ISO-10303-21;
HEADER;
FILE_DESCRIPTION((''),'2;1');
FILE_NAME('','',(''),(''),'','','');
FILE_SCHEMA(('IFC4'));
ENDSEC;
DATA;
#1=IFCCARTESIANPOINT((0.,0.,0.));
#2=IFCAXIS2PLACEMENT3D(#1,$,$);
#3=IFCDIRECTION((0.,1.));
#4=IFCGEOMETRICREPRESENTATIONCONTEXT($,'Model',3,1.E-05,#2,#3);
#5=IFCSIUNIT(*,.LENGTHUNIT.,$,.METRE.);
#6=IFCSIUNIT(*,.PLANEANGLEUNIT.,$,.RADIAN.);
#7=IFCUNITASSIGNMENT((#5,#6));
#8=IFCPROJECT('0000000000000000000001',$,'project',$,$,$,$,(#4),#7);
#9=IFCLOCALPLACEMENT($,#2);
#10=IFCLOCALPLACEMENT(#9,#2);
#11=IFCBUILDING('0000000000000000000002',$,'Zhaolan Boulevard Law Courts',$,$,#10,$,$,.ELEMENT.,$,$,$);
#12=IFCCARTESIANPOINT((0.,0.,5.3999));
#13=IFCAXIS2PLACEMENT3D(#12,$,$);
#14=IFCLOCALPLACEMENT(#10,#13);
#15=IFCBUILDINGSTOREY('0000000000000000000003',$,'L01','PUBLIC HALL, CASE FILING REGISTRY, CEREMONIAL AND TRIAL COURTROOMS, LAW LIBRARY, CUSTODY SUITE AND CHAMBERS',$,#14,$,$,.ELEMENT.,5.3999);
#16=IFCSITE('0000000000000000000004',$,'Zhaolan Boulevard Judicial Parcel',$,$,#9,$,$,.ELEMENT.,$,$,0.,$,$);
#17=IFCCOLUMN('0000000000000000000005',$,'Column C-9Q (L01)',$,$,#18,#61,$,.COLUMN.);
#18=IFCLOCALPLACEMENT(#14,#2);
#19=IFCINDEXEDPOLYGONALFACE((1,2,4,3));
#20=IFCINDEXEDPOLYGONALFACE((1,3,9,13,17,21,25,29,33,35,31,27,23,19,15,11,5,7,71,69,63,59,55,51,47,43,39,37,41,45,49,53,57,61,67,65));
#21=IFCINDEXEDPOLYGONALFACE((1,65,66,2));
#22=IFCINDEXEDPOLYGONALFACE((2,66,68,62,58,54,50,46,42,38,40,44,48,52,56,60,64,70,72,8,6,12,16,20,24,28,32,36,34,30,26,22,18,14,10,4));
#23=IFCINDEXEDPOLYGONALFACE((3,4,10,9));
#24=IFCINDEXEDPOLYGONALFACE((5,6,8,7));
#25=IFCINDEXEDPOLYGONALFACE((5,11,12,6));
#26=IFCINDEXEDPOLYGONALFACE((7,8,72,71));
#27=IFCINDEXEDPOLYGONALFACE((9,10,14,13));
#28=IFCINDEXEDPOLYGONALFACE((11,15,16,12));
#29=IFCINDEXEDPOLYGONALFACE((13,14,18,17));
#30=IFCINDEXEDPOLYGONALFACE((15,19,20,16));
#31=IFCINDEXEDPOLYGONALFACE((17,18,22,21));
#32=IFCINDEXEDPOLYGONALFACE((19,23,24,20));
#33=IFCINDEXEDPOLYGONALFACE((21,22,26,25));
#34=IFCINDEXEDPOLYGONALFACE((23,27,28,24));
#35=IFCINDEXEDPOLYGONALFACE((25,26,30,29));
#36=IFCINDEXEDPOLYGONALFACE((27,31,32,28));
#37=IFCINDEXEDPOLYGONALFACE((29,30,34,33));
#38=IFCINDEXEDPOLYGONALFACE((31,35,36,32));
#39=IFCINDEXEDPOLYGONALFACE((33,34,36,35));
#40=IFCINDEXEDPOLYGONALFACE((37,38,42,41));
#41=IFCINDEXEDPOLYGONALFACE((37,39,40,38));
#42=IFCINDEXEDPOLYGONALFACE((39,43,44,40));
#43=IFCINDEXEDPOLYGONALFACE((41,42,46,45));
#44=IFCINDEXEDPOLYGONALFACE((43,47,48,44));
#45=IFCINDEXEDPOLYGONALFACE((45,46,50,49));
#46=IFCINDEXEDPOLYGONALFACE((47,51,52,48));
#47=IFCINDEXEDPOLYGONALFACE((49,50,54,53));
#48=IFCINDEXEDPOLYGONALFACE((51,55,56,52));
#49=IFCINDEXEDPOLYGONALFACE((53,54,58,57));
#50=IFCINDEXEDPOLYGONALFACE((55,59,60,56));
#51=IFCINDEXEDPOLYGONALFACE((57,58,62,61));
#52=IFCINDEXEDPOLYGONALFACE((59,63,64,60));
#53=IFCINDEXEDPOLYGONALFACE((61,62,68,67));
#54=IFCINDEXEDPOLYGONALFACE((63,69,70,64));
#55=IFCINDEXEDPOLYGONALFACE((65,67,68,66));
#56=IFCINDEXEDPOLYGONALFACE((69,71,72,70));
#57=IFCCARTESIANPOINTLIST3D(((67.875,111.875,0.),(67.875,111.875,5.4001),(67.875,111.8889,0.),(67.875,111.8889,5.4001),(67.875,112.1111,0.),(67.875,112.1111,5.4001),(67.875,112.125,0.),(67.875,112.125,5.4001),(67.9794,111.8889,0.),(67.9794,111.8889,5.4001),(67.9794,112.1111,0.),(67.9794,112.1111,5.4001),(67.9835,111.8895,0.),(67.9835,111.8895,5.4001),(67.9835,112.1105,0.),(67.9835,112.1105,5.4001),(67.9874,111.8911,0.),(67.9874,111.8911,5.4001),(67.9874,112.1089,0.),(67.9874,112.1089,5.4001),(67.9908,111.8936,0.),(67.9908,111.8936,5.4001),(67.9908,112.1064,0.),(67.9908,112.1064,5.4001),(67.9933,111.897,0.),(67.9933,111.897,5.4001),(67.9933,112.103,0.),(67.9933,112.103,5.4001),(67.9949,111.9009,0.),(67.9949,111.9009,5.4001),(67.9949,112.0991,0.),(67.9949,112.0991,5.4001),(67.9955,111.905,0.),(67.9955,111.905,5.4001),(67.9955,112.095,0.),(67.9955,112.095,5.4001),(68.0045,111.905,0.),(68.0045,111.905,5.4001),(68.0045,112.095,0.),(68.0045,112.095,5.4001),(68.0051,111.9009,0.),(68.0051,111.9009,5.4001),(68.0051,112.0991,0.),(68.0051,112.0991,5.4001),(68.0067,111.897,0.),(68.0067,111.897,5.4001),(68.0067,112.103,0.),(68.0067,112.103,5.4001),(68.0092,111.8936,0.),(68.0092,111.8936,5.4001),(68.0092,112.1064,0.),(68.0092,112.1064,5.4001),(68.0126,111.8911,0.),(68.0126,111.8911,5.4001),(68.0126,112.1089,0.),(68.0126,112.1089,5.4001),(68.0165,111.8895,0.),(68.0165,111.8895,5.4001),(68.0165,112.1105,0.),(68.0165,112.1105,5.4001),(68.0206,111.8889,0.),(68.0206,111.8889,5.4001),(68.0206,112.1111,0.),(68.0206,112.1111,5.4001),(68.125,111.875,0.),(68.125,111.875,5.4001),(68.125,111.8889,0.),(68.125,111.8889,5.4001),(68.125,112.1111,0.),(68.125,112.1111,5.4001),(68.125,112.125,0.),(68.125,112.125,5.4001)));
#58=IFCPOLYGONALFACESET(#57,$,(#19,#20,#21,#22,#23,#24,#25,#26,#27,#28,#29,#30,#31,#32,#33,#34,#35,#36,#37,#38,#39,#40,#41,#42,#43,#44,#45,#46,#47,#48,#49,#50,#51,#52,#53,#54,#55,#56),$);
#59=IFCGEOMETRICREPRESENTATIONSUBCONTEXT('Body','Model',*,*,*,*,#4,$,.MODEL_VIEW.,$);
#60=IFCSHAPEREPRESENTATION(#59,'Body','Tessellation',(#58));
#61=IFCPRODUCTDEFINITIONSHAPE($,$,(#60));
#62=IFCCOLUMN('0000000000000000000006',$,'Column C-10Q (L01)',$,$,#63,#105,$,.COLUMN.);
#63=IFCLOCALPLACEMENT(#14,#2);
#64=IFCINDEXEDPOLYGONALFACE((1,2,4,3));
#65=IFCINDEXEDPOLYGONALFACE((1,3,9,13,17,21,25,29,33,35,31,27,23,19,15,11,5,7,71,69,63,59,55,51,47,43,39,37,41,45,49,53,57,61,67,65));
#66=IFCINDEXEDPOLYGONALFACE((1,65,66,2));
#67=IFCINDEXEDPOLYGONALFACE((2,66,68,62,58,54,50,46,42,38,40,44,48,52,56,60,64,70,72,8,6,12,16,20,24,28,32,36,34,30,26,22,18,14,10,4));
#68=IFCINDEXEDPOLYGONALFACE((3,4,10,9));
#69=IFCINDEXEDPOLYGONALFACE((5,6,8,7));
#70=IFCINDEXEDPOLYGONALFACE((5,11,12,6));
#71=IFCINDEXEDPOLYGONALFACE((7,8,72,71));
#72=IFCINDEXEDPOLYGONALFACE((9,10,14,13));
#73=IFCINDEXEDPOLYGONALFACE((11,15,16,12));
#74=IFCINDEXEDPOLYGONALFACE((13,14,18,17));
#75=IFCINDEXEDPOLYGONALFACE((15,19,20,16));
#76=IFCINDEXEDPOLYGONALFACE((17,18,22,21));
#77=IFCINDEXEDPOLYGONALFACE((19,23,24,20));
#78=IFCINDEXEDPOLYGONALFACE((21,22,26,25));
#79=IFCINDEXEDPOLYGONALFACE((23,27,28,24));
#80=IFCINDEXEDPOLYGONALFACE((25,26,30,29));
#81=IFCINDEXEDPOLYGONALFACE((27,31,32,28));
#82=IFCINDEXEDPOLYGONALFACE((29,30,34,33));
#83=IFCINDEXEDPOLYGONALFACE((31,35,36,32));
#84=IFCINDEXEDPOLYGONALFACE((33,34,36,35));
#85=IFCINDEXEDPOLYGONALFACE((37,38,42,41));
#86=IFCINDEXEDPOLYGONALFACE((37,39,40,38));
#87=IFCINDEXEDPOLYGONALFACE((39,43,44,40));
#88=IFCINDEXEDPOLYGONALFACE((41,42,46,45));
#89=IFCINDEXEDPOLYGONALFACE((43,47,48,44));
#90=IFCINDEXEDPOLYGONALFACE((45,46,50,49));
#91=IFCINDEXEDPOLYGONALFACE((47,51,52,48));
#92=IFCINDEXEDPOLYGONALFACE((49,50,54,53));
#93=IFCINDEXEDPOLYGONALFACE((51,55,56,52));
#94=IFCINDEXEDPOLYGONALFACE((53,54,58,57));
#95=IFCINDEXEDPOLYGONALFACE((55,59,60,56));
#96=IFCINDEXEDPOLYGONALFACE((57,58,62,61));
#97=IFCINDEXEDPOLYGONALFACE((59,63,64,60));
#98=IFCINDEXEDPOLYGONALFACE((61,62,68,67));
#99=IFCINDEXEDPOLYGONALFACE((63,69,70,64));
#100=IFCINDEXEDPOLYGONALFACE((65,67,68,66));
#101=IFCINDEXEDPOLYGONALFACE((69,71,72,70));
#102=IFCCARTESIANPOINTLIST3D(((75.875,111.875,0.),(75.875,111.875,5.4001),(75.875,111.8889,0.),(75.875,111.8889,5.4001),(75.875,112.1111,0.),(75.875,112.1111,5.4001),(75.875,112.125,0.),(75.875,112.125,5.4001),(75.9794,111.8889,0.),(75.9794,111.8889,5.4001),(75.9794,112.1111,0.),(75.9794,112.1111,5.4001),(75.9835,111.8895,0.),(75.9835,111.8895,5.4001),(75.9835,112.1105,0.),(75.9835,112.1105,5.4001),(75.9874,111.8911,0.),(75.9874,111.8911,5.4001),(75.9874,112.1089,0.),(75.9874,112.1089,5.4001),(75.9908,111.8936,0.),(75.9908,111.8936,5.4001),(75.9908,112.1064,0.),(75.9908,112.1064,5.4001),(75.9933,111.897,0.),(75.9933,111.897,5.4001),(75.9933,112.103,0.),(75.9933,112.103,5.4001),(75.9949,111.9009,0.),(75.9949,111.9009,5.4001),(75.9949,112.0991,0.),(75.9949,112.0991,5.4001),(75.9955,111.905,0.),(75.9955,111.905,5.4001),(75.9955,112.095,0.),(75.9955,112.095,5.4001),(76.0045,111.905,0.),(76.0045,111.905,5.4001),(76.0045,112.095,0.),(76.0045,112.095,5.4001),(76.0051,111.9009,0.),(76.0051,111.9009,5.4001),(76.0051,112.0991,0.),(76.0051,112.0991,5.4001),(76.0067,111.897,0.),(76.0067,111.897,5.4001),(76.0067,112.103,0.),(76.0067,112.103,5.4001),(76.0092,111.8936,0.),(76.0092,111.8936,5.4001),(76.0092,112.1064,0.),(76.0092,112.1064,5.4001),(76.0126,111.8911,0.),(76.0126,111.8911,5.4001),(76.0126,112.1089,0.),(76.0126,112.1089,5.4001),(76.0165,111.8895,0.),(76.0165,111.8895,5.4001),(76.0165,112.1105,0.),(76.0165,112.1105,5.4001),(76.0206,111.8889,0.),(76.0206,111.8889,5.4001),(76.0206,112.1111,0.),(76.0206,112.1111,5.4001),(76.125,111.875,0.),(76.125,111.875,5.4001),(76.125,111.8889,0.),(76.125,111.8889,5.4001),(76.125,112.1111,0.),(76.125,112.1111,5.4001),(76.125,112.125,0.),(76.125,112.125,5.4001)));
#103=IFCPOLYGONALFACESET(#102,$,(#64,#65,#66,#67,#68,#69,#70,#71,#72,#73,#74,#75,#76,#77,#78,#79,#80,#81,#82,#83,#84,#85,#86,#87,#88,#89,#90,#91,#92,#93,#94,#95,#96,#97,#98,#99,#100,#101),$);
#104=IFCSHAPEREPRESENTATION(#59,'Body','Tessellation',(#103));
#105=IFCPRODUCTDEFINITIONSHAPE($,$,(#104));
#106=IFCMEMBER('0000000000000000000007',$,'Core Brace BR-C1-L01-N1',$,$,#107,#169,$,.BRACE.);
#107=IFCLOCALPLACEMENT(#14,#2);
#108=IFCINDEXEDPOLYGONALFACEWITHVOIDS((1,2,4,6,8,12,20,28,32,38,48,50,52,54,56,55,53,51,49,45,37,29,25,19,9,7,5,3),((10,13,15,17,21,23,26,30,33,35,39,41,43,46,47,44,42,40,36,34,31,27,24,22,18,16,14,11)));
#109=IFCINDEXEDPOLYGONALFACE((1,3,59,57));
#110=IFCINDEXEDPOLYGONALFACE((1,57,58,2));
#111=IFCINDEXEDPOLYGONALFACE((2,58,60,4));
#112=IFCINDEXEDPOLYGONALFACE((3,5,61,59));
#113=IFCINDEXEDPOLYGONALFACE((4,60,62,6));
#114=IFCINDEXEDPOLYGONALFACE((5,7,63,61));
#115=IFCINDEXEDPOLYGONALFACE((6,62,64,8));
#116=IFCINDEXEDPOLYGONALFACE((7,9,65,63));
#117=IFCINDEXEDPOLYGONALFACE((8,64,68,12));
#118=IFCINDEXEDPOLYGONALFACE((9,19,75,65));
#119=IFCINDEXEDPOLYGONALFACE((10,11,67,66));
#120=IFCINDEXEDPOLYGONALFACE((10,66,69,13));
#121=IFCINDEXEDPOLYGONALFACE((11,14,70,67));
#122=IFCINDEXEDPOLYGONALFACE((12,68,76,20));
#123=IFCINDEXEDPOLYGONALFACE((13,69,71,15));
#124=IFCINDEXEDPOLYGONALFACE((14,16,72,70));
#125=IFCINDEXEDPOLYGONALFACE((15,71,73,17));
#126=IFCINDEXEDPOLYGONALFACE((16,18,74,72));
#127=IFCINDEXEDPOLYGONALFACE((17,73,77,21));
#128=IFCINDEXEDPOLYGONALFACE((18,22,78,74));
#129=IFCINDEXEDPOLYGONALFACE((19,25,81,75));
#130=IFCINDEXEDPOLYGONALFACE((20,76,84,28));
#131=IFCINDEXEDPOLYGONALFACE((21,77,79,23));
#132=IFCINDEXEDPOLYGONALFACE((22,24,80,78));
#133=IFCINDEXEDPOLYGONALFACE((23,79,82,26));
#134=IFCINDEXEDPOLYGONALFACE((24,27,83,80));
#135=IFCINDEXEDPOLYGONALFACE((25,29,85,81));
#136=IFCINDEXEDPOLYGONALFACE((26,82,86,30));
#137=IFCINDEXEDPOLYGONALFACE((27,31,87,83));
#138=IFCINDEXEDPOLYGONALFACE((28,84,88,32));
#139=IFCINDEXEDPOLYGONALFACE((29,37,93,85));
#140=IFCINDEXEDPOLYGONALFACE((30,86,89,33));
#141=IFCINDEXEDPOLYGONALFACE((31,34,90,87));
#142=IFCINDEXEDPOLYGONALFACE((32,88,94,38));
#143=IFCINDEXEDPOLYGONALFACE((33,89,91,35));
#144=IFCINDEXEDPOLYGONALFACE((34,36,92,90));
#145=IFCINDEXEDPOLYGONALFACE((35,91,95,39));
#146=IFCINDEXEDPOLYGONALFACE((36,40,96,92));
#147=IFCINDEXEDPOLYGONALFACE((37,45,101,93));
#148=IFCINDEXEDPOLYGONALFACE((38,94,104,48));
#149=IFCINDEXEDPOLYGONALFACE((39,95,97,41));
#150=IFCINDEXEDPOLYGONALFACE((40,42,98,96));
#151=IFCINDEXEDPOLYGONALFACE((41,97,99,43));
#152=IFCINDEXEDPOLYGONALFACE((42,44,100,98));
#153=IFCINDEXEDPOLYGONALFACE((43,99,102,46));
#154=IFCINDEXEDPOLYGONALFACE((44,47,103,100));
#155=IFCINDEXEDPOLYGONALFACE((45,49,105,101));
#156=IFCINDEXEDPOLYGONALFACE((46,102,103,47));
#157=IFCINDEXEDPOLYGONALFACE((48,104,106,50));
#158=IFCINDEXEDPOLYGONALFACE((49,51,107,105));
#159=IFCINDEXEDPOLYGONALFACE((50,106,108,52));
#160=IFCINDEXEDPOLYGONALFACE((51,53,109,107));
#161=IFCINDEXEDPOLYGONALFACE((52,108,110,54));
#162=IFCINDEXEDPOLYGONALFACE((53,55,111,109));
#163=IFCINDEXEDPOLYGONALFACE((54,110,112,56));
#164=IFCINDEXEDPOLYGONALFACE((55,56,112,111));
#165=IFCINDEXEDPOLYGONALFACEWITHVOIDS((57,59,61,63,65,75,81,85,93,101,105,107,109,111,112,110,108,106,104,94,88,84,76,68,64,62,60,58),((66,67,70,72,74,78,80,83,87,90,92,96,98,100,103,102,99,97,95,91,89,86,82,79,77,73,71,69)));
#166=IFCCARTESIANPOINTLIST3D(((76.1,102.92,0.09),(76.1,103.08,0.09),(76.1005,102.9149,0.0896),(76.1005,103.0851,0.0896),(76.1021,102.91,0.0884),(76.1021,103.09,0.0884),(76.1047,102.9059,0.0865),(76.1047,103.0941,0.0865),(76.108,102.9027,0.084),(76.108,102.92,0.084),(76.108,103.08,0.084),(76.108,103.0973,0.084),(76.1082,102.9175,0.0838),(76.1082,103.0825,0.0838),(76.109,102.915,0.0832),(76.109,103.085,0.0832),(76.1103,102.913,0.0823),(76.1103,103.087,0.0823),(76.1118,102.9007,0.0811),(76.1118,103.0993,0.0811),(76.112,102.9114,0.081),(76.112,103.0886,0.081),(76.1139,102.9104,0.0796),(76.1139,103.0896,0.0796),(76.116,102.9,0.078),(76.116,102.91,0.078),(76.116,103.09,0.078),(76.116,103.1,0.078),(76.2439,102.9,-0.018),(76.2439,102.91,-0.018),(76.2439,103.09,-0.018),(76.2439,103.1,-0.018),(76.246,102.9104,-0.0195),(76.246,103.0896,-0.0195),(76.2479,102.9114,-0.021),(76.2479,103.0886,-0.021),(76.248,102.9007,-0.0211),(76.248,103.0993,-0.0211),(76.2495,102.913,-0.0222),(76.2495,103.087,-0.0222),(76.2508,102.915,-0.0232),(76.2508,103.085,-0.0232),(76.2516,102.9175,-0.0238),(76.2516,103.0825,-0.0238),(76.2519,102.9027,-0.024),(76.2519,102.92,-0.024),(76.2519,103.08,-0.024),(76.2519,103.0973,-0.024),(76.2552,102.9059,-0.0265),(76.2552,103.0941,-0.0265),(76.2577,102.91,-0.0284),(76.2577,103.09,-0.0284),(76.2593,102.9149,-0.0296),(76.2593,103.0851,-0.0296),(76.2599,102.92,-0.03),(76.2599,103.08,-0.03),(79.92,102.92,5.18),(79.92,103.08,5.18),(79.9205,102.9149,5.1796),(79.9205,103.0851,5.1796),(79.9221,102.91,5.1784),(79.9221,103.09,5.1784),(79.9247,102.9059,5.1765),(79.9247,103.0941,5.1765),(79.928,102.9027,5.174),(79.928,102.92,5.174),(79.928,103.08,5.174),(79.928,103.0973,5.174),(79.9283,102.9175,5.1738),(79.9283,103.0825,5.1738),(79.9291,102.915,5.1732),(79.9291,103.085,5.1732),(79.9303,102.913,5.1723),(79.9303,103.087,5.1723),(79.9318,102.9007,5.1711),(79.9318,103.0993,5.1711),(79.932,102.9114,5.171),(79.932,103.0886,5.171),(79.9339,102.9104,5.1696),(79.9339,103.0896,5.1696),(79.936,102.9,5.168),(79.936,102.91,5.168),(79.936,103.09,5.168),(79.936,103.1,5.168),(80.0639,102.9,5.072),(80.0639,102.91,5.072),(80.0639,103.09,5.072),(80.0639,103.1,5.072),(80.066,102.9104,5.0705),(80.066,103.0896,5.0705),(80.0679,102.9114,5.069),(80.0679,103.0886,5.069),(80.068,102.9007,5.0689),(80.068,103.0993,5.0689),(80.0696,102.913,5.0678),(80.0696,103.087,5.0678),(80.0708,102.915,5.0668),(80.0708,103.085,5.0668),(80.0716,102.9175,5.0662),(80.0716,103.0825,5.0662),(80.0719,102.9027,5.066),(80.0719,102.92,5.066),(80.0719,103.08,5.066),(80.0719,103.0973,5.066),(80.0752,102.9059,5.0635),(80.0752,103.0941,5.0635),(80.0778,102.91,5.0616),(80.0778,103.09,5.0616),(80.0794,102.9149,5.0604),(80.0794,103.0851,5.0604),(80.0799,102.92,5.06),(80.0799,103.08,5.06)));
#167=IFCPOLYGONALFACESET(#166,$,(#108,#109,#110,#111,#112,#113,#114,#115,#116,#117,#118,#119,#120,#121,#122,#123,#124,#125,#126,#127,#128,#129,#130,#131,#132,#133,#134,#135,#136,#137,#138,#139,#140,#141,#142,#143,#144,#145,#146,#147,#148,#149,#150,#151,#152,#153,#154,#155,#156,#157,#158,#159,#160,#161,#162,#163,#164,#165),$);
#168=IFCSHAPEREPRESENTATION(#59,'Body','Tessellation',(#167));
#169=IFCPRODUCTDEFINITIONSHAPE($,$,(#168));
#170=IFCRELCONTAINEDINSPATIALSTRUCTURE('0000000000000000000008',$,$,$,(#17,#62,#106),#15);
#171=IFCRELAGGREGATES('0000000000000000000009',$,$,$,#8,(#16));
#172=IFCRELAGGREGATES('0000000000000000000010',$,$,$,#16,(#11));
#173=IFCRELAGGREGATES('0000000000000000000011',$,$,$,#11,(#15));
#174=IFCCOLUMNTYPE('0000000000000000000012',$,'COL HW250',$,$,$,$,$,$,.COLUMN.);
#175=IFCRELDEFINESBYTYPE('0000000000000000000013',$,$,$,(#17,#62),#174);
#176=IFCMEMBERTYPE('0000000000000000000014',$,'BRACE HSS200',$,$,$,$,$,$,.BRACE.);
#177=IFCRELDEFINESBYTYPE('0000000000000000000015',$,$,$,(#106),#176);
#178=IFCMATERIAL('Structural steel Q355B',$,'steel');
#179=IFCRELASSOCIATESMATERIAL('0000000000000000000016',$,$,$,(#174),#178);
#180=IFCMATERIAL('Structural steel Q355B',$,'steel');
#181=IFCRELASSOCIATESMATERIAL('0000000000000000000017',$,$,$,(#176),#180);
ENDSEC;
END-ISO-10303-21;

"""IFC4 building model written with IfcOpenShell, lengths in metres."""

from ifc_helpers import new_model, si_unit, direction, frame, origin, origin_2d, place, context, subcontext, project, spatial, hollow_rectangle, i_section, extrude, material, material_profile, profile_set, type_object, element, save


model = new_model("IFC4")

# Units and contexts
model_context = context("Model", 3, precision=1e-05, world=origin(), true_north=direction((0.0, 1.0)))
body_context = subcontext(model_context, "Body", "Model", "MODEL_VIEW")
ifc_project = project(units=[si_unit("LENGTHUNIT", "METRE"), si_unit("PLANEANGLEUNIT", "RADIAN")], contexts=[model_context])

# Site, building, storey
site_placement = place(None, origin())
site = spatial("IfcSite", under=ifc_project, at=site_placement, Name="Zhaolan Boulevard Judicial Parcel", CompositionType="ELEMENT", RefElevation=0.0)
building_placement = place(site_placement, origin())
building = spatial("IfcBuilding", under=site, at=building_placement, Name="Zhaolan Boulevard Law Courts", CompositionType="ELEMENT")
storey_placement = place(building_placement, frame((0.0, 0.0, 5.3999)))
storey = spatial("IfcBuildingStorey", under=building, at=storey_placement, Name="L01", Description="PUBLIC HALL, CASE FILING REGISTRY, CEREMONIAL AND TRIAL COURTROOMS, LAW LIBRARY, CUSTODY SUITE AND CHAMBERS", CompositionType="ELEMENT", Elevation=5.3999)

# Columns
ifc_material_1 = material(Name="Structural steel Q355B", Category="steel")
ifc_material_profile_1 = material_profile(ifc_material_1, i_section(OverallWidth=0.25, OverallDepth=0.25, WebThickness=0.009, FlangeThickness=0.0139, FilletRadius=0.0161, at=origin_2d()), Name="HW250x250")
ifc_profile_set_1 = profile_set([ifc_material_profile_1], Name="Structural steel Q355B")
column_type = type_object("IfcColumnType", Name="COL HW250", PredefinedType="COLUMN", material=ifc_profile_set_1)
for number, where, z_axis, x_axis, name in (
    (1, (68.0, 112.0, 0.0), (0.0, 0.0, 1.0), (1.0, 0.0, 0.0), "Column C-9Q (L01)"),
    (2, (76.0, 112.0, 0.0), (0.0, 0.0, 1.0), (1.0, 0.0, 0.0), "Column C-10Q (L01)"),
):
    element("IfcColumn", number, at=place(storey_placement, frame(where, z_axis=z_axis, x_axis=x_axis)), inside=storey, type_object=column_type, Name=name, PredefinedType="COLUMN", context=body_context, shape_type="SweptSolid", body=[
        extrude(i_section(OverallWidth=0.25, OverallDepth=0.25, WebThickness=0.009, FlangeThickness=0.0139, FilletRadius=0.0161, at=origin_2d()), origin(), (0.0, 0.0, 1.0), 5.4001),
    ])

# Member
ifc_material_2 = material(Name="Structural steel Q355B", Category="steel")
ifc_material_profile_2 = material_profile(ifc_material_2, hollow_rectangle(XDim=0.2, YDim=0.2, WallThickness=0.01, InnerFilletRadius=0.01, OuterFilletRadius=0.02, at=origin_2d()), Name="HSS200x200x10")
ifc_profile_set_2 = profile_set([ifc_material_profile_2], Name="Structural steel Q355B")
member_type = type_object("IfcMemberType", Name="BRACE HSS200", PredefinedType="BRACE", material=ifc_profile_set_2)
member_placement = place(storey_placement, frame((76.1799, 103.0, 0.03), z_axis=(0.600252, 0.0, 0.799811), x_axis=(0.0, 1.0, 0.0)))
element("IfcMember", 3, at=member_placement, inside=storey, type_object=member_type, Name="Core Brace BR-C1-L01-N1", PredefinedType="BRACE", context=body_context, shape_type="SweptSolid", body=[
    extrude(hollow_rectangle(XDim=0.2, YDim=0.2, WallThickness=0.01, InnerFilletRadius=0.01, OuterFilletRadius=0.02, at=origin_2d()), origin(), (0.0, 0.0, 1.0), 6.364),
])

save(model, "model.ifc")
